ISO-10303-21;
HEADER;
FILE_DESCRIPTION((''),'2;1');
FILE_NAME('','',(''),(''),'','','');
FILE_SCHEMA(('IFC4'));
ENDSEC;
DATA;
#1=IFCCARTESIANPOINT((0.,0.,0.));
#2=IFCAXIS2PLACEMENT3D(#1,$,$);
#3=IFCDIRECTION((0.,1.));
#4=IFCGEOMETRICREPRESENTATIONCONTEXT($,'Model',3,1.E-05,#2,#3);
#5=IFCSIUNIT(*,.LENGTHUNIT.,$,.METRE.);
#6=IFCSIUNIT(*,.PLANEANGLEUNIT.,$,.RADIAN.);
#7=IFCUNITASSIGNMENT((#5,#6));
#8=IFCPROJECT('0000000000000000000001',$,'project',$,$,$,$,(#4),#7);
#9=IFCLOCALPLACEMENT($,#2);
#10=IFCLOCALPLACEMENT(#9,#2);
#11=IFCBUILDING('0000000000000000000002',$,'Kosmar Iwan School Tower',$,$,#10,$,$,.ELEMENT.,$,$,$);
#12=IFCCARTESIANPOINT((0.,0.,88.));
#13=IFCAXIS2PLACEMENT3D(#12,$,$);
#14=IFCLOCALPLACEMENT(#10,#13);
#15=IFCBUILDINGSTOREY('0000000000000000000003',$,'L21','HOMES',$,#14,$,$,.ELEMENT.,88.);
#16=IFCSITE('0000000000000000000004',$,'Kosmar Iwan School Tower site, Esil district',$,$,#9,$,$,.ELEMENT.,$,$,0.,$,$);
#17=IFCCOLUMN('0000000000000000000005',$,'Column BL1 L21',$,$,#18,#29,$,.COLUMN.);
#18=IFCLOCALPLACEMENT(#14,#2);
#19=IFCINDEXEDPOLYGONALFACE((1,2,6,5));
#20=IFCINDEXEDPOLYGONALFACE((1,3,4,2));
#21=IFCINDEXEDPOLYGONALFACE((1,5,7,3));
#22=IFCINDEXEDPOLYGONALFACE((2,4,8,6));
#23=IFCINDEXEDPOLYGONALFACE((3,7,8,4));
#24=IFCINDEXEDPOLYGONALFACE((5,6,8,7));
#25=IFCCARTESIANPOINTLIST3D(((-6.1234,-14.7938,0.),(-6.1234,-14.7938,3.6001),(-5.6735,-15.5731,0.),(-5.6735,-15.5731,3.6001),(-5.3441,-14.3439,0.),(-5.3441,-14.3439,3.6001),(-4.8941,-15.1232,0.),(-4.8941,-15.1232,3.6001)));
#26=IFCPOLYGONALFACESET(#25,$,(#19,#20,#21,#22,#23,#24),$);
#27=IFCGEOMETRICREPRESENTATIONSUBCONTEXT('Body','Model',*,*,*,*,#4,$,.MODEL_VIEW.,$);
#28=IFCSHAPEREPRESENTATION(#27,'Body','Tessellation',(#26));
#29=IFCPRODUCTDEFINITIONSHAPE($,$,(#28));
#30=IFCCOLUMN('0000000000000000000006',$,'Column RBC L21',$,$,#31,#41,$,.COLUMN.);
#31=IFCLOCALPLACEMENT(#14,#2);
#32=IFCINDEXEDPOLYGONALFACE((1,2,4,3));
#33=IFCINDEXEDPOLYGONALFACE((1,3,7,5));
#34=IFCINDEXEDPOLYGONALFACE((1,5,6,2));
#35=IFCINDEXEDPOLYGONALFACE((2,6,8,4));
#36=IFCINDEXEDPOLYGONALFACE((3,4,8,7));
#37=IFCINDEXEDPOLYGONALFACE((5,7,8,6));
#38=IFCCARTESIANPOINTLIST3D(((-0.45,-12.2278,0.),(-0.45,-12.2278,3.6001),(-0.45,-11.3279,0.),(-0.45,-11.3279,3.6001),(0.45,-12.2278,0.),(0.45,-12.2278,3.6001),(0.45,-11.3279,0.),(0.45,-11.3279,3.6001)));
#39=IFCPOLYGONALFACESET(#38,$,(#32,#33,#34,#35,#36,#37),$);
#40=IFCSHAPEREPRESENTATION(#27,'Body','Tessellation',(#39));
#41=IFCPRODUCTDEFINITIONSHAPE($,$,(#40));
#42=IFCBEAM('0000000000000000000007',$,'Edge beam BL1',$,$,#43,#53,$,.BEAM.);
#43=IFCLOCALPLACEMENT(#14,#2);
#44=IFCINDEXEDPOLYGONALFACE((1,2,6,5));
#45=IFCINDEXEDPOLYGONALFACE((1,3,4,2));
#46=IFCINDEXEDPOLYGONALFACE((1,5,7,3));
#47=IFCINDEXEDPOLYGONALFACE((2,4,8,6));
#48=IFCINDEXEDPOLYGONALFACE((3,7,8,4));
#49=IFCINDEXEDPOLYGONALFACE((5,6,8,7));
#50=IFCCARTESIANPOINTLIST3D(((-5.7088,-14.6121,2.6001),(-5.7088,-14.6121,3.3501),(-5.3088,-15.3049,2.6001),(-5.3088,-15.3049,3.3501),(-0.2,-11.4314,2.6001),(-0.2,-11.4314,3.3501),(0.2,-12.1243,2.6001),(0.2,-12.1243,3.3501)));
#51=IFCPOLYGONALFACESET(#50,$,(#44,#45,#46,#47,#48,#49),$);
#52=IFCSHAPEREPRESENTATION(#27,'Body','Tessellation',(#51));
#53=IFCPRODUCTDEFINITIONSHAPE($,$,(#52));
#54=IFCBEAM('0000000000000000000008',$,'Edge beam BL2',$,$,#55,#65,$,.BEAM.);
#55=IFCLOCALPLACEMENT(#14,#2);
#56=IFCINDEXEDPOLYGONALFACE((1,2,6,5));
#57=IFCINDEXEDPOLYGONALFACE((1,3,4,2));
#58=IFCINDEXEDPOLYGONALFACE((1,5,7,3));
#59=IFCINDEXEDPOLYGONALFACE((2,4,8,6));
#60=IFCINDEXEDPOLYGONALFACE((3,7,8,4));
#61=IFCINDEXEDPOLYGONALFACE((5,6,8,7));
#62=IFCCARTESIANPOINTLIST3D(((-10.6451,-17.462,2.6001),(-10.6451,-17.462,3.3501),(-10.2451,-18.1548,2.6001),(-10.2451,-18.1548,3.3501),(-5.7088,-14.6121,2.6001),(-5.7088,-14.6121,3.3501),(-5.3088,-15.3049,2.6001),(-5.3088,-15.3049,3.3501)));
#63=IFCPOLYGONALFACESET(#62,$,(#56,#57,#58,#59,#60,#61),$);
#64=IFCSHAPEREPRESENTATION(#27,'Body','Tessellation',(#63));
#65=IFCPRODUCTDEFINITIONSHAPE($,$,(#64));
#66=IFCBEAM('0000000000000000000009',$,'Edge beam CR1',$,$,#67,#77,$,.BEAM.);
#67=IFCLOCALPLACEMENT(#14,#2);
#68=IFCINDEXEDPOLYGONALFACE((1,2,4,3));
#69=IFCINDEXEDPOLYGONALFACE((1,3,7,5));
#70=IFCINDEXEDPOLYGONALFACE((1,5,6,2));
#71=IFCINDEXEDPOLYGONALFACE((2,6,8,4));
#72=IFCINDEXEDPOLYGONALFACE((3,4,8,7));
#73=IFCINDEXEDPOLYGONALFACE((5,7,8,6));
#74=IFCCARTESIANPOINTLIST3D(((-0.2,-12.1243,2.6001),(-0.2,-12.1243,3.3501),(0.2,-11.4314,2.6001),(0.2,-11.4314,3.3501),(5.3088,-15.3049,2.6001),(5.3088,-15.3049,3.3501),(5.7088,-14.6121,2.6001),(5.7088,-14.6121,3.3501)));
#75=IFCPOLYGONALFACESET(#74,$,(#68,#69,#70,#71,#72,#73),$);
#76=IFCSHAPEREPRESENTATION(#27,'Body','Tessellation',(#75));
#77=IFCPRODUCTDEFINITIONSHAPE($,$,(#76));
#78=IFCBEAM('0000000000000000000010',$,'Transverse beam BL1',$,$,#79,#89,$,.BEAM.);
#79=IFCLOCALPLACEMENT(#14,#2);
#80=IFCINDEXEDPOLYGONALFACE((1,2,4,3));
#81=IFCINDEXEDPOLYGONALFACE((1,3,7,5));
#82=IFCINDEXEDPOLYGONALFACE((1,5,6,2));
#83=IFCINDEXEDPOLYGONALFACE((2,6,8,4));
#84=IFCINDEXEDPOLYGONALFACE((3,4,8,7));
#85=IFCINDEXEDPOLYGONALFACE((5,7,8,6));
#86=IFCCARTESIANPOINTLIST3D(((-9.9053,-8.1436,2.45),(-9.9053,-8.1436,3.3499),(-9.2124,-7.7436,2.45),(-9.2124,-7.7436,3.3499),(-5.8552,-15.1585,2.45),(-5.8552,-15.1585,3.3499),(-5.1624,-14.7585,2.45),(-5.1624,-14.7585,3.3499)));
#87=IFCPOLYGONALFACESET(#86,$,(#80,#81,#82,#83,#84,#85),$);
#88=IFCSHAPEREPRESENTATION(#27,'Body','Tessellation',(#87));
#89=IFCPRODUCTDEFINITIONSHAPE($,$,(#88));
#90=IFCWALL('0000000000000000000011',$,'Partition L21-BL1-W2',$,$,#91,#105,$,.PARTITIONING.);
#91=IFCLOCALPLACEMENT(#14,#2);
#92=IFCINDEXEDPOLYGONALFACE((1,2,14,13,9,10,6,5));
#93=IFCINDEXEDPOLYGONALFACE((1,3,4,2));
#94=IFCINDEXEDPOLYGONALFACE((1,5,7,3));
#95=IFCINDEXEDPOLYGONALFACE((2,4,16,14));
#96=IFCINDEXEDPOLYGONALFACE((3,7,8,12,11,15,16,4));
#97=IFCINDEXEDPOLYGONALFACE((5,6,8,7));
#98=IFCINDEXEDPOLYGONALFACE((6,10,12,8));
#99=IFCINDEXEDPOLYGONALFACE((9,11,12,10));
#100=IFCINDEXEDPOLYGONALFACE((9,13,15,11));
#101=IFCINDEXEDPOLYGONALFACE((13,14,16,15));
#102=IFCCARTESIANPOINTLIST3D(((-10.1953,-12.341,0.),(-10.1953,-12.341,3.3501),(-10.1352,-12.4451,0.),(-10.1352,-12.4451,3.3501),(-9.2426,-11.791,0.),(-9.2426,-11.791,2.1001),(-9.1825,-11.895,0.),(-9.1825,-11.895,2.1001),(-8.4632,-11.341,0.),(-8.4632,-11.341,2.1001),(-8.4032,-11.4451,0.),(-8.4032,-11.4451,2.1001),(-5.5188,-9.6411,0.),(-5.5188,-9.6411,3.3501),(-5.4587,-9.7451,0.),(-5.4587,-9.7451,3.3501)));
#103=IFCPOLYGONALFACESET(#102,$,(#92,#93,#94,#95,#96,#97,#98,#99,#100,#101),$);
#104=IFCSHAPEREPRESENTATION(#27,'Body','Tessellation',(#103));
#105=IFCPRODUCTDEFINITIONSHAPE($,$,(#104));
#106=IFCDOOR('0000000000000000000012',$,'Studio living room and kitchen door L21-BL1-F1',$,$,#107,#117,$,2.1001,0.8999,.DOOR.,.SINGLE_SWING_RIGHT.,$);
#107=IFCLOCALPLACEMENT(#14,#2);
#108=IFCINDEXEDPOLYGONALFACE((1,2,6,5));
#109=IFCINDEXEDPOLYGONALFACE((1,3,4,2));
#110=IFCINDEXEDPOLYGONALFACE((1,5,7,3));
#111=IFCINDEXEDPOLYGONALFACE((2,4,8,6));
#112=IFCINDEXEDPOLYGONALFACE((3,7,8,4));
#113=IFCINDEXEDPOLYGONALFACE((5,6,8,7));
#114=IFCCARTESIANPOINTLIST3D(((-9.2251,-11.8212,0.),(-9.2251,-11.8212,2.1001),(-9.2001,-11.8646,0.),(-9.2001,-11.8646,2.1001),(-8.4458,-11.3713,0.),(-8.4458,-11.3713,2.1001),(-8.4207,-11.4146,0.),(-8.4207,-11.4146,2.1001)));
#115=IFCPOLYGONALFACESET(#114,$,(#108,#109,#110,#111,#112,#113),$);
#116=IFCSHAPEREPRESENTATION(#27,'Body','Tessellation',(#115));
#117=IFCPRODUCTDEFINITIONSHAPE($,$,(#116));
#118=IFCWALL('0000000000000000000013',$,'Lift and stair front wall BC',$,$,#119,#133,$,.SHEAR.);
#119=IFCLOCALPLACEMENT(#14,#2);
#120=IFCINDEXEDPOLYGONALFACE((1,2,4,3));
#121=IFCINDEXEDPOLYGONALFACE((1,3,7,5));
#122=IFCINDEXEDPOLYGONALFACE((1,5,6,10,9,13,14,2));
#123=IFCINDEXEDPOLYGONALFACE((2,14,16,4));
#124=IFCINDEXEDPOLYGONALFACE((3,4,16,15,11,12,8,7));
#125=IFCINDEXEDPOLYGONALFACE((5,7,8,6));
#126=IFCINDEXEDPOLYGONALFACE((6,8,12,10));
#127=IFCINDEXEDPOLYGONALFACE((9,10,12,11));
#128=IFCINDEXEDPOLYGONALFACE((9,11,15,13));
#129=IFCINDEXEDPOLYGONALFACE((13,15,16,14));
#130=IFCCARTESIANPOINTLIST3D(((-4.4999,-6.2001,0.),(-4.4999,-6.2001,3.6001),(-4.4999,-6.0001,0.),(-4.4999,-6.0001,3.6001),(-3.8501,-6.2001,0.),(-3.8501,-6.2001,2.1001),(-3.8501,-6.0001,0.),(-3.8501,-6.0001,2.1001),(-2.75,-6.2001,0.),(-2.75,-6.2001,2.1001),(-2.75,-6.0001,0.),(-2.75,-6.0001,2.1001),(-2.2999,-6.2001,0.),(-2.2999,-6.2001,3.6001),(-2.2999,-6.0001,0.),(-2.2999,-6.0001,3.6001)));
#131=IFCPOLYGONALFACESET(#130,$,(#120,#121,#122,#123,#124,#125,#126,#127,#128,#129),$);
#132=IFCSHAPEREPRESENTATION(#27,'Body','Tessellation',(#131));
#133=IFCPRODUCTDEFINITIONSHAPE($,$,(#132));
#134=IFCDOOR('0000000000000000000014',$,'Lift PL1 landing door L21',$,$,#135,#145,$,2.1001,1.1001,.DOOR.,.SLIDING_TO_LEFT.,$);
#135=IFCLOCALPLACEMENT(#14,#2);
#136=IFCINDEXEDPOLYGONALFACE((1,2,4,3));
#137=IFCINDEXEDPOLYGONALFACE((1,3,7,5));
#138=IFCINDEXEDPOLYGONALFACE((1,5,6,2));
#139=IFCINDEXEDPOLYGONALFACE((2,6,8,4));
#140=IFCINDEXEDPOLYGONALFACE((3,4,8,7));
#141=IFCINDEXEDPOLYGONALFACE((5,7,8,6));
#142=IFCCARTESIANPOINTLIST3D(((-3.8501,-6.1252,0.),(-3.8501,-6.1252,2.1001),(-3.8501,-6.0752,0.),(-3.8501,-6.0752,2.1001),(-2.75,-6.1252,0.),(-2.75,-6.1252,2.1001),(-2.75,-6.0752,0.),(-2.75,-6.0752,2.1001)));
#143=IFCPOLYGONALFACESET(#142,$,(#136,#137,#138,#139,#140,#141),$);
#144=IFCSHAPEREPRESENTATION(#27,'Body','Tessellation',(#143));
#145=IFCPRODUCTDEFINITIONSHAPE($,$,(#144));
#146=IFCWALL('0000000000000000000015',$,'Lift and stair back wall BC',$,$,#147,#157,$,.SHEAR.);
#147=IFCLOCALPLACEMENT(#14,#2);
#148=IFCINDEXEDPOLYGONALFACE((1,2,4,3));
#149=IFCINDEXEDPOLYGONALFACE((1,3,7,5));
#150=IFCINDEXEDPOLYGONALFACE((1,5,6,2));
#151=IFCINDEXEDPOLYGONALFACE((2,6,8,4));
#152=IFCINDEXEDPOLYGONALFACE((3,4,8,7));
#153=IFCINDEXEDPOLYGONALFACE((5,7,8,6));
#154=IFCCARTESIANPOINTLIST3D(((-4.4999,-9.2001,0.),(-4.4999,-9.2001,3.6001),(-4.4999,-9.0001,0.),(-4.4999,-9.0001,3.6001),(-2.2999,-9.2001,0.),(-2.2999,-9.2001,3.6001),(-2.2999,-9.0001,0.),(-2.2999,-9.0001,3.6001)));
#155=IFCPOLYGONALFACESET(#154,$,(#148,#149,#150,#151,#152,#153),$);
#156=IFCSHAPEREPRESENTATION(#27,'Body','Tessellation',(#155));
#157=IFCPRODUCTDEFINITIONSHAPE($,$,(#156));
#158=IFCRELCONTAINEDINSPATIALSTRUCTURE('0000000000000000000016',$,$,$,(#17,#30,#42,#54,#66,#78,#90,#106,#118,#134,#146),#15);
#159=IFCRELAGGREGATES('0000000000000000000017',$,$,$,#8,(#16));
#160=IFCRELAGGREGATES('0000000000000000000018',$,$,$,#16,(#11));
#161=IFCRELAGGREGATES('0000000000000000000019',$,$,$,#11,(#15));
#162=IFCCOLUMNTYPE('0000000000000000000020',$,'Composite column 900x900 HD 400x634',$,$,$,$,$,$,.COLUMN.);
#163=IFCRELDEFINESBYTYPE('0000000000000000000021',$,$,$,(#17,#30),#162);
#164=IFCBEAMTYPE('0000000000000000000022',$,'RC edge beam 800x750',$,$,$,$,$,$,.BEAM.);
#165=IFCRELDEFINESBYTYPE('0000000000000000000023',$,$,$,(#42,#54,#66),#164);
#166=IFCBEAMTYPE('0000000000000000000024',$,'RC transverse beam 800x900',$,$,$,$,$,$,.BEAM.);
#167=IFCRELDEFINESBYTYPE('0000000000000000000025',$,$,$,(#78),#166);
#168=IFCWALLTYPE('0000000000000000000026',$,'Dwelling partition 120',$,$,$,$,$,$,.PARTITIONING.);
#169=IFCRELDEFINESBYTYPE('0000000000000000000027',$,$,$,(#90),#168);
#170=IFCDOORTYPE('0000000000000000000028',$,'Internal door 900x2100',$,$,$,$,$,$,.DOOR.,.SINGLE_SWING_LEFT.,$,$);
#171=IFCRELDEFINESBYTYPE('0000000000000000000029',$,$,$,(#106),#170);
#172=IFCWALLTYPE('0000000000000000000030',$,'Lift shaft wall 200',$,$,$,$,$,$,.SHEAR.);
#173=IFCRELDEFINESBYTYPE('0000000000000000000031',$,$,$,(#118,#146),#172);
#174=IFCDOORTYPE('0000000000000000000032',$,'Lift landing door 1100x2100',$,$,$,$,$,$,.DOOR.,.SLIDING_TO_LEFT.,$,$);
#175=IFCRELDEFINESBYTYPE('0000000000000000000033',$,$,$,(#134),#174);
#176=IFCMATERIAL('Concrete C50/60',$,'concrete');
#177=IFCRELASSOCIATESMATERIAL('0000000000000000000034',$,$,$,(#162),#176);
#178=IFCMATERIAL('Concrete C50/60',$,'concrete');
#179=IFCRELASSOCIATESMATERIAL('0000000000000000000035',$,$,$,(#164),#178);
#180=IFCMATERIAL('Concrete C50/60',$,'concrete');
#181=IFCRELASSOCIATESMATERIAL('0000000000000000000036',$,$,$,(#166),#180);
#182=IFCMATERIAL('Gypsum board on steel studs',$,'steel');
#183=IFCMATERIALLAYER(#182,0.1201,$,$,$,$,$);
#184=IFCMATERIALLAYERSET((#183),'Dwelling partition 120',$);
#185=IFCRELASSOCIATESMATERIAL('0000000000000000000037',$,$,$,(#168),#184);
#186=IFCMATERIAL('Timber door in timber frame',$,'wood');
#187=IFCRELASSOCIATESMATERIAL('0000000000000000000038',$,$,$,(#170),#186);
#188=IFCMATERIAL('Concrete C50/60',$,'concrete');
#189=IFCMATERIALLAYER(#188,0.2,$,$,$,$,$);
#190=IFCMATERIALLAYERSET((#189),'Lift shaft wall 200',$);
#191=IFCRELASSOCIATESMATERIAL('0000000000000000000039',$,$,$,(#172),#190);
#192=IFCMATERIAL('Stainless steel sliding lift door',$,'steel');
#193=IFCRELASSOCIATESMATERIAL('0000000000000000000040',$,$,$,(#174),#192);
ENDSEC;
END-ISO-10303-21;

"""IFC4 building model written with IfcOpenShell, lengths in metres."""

from ifc_helpers import new_model, si_unit, direction, frame, frame_2d, origin, origin_2d, place, context, subcontext, project, spatial, rectangle, extrude, material, layer, layer_set, material_profile, profile_set, type_object, element, fill, save


model = new_model("IFC4")

# Units and contexts
model_context = context("Model", 3, precision=1e-05, world=origin(), true_north=direction((0.0, 1.0)))
body_context = subcontext(model_context, "Body", "Model", "MODEL_VIEW")
ifc_project = project(units=[si_unit("LENGTHUNIT", "METRE"), si_unit("PLANEANGLEUNIT", "RADIAN")], contexts=[model_context])

# Site, building, storey
site_placement = place(None, origin())
site = spatial("IfcSite", under=ifc_project, at=site_placement, Name="Kosmar Iwan School Tower site, Esil district", CompositionType="ELEMENT", RefElevation=0.0)
building_placement = place(site_placement, origin())
building = spatial("IfcBuilding", under=site, at=building_placement, Name="Kosmar Iwan School Tower", CompositionType="ELEMENT")
storey_placement = place(building_placement, frame((0.0, 0.0, 88.0)))
storey = spatial("IfcBuildingStorey", under=building, at=storey_placement, Name="L21", Description="HOMES", CompositionType="ELEMENT", Elevation=88.0)

# Columns
ifc_material_1 = material(Name="Concrete C50/60", Category="concrete")
ifc_material_profile_1 = material_profile(ifc_material_1, rectangle(XDim=0.8999, YDim=0.8999, at=origin_2d()), Name="RC 900x900 + HD 400x634")
ifc_profile_set_1 = profile_set([ifc_material_profile_1], Name="Concrete C50/60")
column_type = type_object("IfcColumnType", Name="Composite column 900x900 HD 400x634", PredefinedType="COLUMN", material=ifc_profile_set_1)
for number, where, z_axis, x_axis, name in (
    (1, (-5.5088, -14.9585, 0.0), (0.0, 0.0, 1.0), (-0.866025, -0.5, 0.0), "Column BL1 L21"),
    (2, (0.0, -11.7778, 0.0), (0.0, 0.0, 1.0), (1.0, 0.0, 0.0), "Column RBC L21"),
):
    element("IfcColumn", number, at=place(storey_placement, frame(where, z_axis=z_axis, x_axis=x_axis)), inside=storey, type_object=column_type, Name=name, PredefinedType="COLUMN", context=body_context, shape_type="SweptSolid", body=[
        extrude(rectangle(XDim=0.8999, YDim=0.8999, at=origin_2d()), origin(), (0.0, 0.0, 1.0), 3.6001),
    ])

# Beams
ifc_material_2 = material(Name="Concrete C50/60", Category="concrete")
ifc_material_profile_2 = material_profile(ifc_material_2, rectangle(XDim=0.8, YDim=0.75, at=origin_2d()), Name="RC 800x750")
ifc_profile_set_2 = profile_set([ifc_material_profile_2], Name="Concrete C50/60")
beam_type_1 = type_object("IfcBeamType", Name="RC edge beam 800x750", PredefinedType="BEAM", material=ifc_profile_set_2)
beam_1_placement = place(storey_placement, frame((0.0, -11.7778, 2.9751), z_axis=(-0.866014, -0.500019, 0.0), x_axis=(0.500019, -0.866014, 0.0)))
element("IfcBeam", 3, at=beam_1_placement, inside=storey, type_object=beam_type_1, Name="Edge beam BL1", PredefinedType="BEAM", context=body_context, shape_type="SweptSolid", body=[
    extrude(rectangle(XDim=0.8, YDim=0.75, at=origin_2d()), origin(), (0.0, 0.0, 1.0), 6.3611),
])
beam_2_placement = place(storey_placement, frame((-5.5088, -14.9585, 2.9751), z_axis=(-0.866034, -0.499986, 0.0), x_axis=(0.499986, -0.866034, 0.0)))
element("IfcBeam", 4, at=beam_2_placement, inside=storey, type_object=beam_type_1, Name="Edge beam BL2", PredefinedType="BEAM", context=body_context, shape_type="SweptSolid", body=[
    extrude(rectangle(XDim=0.8, YDim=0.75, at=origin_2d()), origin(), (0.0, 0.0, 1.0), 5.7),
])
beam_3_placement = place(storey_placement, frame((0.0, -11.7778, 2.9751), z_axis=(0.866014, -0.500019, 0.0), x_axis=(0.500019, 0.866014, 0.0)))
element("IfcBeam", 5, at=beam_3_placement, inside=storey, type_object=beam_type_1, Name="Edge beam CR1", PredefinedType="BEAM", context=body_context, shape_type="SweptSolid", body=[
    extrude(rectangle(XDim=0.8, YDim=0.75, at=origin_2d()), origin(), (0.0, 0.0, 1.0), 6.3611),
])
ifc_material_3 = material(Name="Concrete C50/60", Category="concrete")
ifc_material_profile_3 = material_profile(ifc_material_3, rectangle(XDim=0.8, YDim=0.8999, at=origin_2d()), Name="RC 800x900")
ifc_profile_set_3 = profile_set([ifc_material_profile_3], Name="Concrete C50/60")
beam_type_2 = type_object("IfcBeamType", Name="RC transverse beam 800x900", PredefinedType="BEAM", material=ifc_profile_set_3)
beam_4_placement = place(storey_placement, frame((-5.5088, -14.9585, 2.8999), z_axis=(-0.5, 0.866025, 0.0), x_axis=(-0.866025, -0.5, 0.0)))
element("IfcBeam", 6, at=beam_4_placement, inside=storey, type_object=beam_type_2, Name="Transverse beam BL1", PredefinedType="BEAM", context=body_context, shape_type="SweptSolid", body=[
    extrude(rectangle(XDim=0.8, YDim=0.8999, at=origin_2d()), origin(), (0.0, 0.0, 1.0), 8.1001),
])

# Walls, openings, doors
ifc_material_4 = material(Name="Gypsum board on steel studs", Category="steel")
ifc_layer_1 = layer(ifc_material_4, 0.1201)
ifc_layer_set_1 = layer_set([ifc_layer_1], Name="Dwelling partition 120")
wall_type_1 = type_object("IfcWallType", Name="Dwelling partition 120", PredefinedType="PARTITIONING", material=ifc_layer_set_1)
wall_1_placement = place(storey_placement, frame((-5.4888, -9.6931, 0.0), z_axis=(0.0, 0.0, 1.0), x_axis=(-0.866028, -0.499995, 0.0)))
wall_1 = element("IfcWall", 7, at=wall_1_placement, inside=storey, type_object=wall_type_1, Name="Partition L21-BL1-W2", PredefinedType="PARTITIONING", context=body_context, shape_type="SweptSolid", body=[
    extrude(rectangle(XDim=5.3999, YDim=0.1201, at=frame_2d((2.7, 0.0))), origin(), (0.0, 0.0, 1.0), 3.3501),
])
opening_1_placement = place(wall_1_placement, frame((3.3999, 0.0, 0.0)))
opening_1 = element("IfcOpeningElement", 8, at=opening_1_placement, cuts=wall_1, PredefinedType="OPENING", context=body_context, shape_type="SweptSolid", body=[
    extrude(rectangle(XDim=0.8999, YDim=2.1001, at=frame_2d((0.45, 1.05))), frame((0.0, 0.072, 0.0), z_axis=(0.0, -1.0, 0.0), x_axis=(1.0, 0.0, 0.0)), (0.0, 0.0, 1.0), 0.144),
])
ifc_material_5 = material(Name="Timber door in timber frame", Category="wood")
door_type_1 = type_object("IfcDoorType", Name="Internal door 900x2100", OperationType="SINGLE_SWING_LEFT", PredefinedType="DOOR", material=ifc_material_5)
door_1_placement = place(opening_1_placement, origin())
door_1 = element("IfcDoor", 9, at=door_1_placement, inside=storey, type_object=door_type_1, Name="Studio living room and kitchen door L21-BL1-F1", OperationType="SINGLE_SWING_RIGHT", OverallHeight=2.1001, OverallWidth=0.8999, PredefinedType="DOOR", context=body_context, shape_type="SweptSolid", body=[
    extrude(rectangle(XDim=0.8999, YDim=2.1001, at=frame_2d((0.45, 1.05))), frame((0.0, 0.0249, 0.0), z_axis=(0.0, -1.0, 0.0), x_axis=(1.0, 0.0, 0.0)), (0.0, 0.0, 1.0), 0.05),
])
fill(opening_1, door_1)
ifc_material_6 = material(Name="Concrete C50/60", Category="concrete")
ifc_layer_2 = layer(ifc_material_6, 0.2)
ifc_layer_set_2 = layer_set([ifc_layer_2], Name="Lift shaft wall 200")
wall_type_2 = type_object("IfcWallType", Name="Lift shaft wall 200", PredefinedType="SHEAR", material=ifc_layer_set_2)
wall_2_placement = place(storey_placement, frame((-4.5, -6.1001, 0.0), z_axis=(0.0, 0.0, 1.0), x_axis=(1.0, 0.0, 0.0)))
wall_2 = element("IfcWall", 10, at=wall_2_placement, inside=storey, type_object=wall_type_2, Name="Lift and stair front wall BC", PredefinedType="SHEAR", context=body_context, shape_type="SweptSolid", body=[
    extrude(rectangle(XDim=2.2, YDim=0.2, at=frame_2d((1.1001, 0.0))), origin(), (0.0, 0.0, 1.0), 3.6001),
])
opening_2_placement = place(wall_2_placement, frame((0.6499, 0.0, 0.0)))
opening_2 = element("IfcOpeningElement", 11, at=opening_2_placement, cuts=wall_2, PredefinedType="OPENING", context=body_context, shape_type="SweptSolid", body=[
    extrude(rectangle(XDim=1.1001, YDim=2.1001, at=frame_2d((0.55, 1.05))), frame((0.0, 0.1121, 0.0), z_axis=(0.0, -1.0, 0.0), x_axis=(1.0, 0.0, 0.0)), (0.0, 0.0, 1.0), 0.2239),
])
ifc_material_7 = material(Name="Stainless steel sliding lift door", Category="steel")
door_type_2 = type_object("IfcDoorType", Name="Lift landing door 1100x2100", OperationType="SLIDING_TO_LEFT", PredefinedType="DOOR", material=ifc_material_7)
door_2_placement = place(opening_2_placement, origin())
door_2 = element("IfcDoor", 12, at=door_2_placement, inside=storey, type_object=door_type_2, Name="Lift PL1 landing door L21", OperationType="SLIDING_TO_LEFT", OverallHeight=2.1001, OverallWidth=1.1001, PredefinedType="DOOR", context=body_context, shape_type="SweptSolid", body=[
    extrude(rectangle(XDim=1.1001, YDim=2.1001, at=frame_2d((0.55, 1.05))), frame((0.0, 0.0249, 0.0), z_axis=(0.0, -1.0, 0.0), x_axis=(1.0, 0.0, 0.0)), (0.0, 0.0, 1.0), 0.05),
])
fill(opening_2, door_2)

# Wall
wall_3_placement = place(storey_placement, frame((-4.5, -9.1001, 0.0), z_axis=(0.0, 0.0, 1.0), x_axis=(1.0, 0.0, 0.0)))
element("IfcWall", 13, at=wall_3_placement, inside=storey, type_object=wall_type_2, Name="Lift and stair back wall BC", PredefinedType="SHEAR", context=body_context, shape_type="SweptSolid", body=[
    extrude(rectangle(XDim=2.2, YDim=0.2, at=frame_2d((1.1001, 0.0))), origin(), (0.0, 0.0, 1.0), 3.6001),
])

save(model, "model.ifc")
